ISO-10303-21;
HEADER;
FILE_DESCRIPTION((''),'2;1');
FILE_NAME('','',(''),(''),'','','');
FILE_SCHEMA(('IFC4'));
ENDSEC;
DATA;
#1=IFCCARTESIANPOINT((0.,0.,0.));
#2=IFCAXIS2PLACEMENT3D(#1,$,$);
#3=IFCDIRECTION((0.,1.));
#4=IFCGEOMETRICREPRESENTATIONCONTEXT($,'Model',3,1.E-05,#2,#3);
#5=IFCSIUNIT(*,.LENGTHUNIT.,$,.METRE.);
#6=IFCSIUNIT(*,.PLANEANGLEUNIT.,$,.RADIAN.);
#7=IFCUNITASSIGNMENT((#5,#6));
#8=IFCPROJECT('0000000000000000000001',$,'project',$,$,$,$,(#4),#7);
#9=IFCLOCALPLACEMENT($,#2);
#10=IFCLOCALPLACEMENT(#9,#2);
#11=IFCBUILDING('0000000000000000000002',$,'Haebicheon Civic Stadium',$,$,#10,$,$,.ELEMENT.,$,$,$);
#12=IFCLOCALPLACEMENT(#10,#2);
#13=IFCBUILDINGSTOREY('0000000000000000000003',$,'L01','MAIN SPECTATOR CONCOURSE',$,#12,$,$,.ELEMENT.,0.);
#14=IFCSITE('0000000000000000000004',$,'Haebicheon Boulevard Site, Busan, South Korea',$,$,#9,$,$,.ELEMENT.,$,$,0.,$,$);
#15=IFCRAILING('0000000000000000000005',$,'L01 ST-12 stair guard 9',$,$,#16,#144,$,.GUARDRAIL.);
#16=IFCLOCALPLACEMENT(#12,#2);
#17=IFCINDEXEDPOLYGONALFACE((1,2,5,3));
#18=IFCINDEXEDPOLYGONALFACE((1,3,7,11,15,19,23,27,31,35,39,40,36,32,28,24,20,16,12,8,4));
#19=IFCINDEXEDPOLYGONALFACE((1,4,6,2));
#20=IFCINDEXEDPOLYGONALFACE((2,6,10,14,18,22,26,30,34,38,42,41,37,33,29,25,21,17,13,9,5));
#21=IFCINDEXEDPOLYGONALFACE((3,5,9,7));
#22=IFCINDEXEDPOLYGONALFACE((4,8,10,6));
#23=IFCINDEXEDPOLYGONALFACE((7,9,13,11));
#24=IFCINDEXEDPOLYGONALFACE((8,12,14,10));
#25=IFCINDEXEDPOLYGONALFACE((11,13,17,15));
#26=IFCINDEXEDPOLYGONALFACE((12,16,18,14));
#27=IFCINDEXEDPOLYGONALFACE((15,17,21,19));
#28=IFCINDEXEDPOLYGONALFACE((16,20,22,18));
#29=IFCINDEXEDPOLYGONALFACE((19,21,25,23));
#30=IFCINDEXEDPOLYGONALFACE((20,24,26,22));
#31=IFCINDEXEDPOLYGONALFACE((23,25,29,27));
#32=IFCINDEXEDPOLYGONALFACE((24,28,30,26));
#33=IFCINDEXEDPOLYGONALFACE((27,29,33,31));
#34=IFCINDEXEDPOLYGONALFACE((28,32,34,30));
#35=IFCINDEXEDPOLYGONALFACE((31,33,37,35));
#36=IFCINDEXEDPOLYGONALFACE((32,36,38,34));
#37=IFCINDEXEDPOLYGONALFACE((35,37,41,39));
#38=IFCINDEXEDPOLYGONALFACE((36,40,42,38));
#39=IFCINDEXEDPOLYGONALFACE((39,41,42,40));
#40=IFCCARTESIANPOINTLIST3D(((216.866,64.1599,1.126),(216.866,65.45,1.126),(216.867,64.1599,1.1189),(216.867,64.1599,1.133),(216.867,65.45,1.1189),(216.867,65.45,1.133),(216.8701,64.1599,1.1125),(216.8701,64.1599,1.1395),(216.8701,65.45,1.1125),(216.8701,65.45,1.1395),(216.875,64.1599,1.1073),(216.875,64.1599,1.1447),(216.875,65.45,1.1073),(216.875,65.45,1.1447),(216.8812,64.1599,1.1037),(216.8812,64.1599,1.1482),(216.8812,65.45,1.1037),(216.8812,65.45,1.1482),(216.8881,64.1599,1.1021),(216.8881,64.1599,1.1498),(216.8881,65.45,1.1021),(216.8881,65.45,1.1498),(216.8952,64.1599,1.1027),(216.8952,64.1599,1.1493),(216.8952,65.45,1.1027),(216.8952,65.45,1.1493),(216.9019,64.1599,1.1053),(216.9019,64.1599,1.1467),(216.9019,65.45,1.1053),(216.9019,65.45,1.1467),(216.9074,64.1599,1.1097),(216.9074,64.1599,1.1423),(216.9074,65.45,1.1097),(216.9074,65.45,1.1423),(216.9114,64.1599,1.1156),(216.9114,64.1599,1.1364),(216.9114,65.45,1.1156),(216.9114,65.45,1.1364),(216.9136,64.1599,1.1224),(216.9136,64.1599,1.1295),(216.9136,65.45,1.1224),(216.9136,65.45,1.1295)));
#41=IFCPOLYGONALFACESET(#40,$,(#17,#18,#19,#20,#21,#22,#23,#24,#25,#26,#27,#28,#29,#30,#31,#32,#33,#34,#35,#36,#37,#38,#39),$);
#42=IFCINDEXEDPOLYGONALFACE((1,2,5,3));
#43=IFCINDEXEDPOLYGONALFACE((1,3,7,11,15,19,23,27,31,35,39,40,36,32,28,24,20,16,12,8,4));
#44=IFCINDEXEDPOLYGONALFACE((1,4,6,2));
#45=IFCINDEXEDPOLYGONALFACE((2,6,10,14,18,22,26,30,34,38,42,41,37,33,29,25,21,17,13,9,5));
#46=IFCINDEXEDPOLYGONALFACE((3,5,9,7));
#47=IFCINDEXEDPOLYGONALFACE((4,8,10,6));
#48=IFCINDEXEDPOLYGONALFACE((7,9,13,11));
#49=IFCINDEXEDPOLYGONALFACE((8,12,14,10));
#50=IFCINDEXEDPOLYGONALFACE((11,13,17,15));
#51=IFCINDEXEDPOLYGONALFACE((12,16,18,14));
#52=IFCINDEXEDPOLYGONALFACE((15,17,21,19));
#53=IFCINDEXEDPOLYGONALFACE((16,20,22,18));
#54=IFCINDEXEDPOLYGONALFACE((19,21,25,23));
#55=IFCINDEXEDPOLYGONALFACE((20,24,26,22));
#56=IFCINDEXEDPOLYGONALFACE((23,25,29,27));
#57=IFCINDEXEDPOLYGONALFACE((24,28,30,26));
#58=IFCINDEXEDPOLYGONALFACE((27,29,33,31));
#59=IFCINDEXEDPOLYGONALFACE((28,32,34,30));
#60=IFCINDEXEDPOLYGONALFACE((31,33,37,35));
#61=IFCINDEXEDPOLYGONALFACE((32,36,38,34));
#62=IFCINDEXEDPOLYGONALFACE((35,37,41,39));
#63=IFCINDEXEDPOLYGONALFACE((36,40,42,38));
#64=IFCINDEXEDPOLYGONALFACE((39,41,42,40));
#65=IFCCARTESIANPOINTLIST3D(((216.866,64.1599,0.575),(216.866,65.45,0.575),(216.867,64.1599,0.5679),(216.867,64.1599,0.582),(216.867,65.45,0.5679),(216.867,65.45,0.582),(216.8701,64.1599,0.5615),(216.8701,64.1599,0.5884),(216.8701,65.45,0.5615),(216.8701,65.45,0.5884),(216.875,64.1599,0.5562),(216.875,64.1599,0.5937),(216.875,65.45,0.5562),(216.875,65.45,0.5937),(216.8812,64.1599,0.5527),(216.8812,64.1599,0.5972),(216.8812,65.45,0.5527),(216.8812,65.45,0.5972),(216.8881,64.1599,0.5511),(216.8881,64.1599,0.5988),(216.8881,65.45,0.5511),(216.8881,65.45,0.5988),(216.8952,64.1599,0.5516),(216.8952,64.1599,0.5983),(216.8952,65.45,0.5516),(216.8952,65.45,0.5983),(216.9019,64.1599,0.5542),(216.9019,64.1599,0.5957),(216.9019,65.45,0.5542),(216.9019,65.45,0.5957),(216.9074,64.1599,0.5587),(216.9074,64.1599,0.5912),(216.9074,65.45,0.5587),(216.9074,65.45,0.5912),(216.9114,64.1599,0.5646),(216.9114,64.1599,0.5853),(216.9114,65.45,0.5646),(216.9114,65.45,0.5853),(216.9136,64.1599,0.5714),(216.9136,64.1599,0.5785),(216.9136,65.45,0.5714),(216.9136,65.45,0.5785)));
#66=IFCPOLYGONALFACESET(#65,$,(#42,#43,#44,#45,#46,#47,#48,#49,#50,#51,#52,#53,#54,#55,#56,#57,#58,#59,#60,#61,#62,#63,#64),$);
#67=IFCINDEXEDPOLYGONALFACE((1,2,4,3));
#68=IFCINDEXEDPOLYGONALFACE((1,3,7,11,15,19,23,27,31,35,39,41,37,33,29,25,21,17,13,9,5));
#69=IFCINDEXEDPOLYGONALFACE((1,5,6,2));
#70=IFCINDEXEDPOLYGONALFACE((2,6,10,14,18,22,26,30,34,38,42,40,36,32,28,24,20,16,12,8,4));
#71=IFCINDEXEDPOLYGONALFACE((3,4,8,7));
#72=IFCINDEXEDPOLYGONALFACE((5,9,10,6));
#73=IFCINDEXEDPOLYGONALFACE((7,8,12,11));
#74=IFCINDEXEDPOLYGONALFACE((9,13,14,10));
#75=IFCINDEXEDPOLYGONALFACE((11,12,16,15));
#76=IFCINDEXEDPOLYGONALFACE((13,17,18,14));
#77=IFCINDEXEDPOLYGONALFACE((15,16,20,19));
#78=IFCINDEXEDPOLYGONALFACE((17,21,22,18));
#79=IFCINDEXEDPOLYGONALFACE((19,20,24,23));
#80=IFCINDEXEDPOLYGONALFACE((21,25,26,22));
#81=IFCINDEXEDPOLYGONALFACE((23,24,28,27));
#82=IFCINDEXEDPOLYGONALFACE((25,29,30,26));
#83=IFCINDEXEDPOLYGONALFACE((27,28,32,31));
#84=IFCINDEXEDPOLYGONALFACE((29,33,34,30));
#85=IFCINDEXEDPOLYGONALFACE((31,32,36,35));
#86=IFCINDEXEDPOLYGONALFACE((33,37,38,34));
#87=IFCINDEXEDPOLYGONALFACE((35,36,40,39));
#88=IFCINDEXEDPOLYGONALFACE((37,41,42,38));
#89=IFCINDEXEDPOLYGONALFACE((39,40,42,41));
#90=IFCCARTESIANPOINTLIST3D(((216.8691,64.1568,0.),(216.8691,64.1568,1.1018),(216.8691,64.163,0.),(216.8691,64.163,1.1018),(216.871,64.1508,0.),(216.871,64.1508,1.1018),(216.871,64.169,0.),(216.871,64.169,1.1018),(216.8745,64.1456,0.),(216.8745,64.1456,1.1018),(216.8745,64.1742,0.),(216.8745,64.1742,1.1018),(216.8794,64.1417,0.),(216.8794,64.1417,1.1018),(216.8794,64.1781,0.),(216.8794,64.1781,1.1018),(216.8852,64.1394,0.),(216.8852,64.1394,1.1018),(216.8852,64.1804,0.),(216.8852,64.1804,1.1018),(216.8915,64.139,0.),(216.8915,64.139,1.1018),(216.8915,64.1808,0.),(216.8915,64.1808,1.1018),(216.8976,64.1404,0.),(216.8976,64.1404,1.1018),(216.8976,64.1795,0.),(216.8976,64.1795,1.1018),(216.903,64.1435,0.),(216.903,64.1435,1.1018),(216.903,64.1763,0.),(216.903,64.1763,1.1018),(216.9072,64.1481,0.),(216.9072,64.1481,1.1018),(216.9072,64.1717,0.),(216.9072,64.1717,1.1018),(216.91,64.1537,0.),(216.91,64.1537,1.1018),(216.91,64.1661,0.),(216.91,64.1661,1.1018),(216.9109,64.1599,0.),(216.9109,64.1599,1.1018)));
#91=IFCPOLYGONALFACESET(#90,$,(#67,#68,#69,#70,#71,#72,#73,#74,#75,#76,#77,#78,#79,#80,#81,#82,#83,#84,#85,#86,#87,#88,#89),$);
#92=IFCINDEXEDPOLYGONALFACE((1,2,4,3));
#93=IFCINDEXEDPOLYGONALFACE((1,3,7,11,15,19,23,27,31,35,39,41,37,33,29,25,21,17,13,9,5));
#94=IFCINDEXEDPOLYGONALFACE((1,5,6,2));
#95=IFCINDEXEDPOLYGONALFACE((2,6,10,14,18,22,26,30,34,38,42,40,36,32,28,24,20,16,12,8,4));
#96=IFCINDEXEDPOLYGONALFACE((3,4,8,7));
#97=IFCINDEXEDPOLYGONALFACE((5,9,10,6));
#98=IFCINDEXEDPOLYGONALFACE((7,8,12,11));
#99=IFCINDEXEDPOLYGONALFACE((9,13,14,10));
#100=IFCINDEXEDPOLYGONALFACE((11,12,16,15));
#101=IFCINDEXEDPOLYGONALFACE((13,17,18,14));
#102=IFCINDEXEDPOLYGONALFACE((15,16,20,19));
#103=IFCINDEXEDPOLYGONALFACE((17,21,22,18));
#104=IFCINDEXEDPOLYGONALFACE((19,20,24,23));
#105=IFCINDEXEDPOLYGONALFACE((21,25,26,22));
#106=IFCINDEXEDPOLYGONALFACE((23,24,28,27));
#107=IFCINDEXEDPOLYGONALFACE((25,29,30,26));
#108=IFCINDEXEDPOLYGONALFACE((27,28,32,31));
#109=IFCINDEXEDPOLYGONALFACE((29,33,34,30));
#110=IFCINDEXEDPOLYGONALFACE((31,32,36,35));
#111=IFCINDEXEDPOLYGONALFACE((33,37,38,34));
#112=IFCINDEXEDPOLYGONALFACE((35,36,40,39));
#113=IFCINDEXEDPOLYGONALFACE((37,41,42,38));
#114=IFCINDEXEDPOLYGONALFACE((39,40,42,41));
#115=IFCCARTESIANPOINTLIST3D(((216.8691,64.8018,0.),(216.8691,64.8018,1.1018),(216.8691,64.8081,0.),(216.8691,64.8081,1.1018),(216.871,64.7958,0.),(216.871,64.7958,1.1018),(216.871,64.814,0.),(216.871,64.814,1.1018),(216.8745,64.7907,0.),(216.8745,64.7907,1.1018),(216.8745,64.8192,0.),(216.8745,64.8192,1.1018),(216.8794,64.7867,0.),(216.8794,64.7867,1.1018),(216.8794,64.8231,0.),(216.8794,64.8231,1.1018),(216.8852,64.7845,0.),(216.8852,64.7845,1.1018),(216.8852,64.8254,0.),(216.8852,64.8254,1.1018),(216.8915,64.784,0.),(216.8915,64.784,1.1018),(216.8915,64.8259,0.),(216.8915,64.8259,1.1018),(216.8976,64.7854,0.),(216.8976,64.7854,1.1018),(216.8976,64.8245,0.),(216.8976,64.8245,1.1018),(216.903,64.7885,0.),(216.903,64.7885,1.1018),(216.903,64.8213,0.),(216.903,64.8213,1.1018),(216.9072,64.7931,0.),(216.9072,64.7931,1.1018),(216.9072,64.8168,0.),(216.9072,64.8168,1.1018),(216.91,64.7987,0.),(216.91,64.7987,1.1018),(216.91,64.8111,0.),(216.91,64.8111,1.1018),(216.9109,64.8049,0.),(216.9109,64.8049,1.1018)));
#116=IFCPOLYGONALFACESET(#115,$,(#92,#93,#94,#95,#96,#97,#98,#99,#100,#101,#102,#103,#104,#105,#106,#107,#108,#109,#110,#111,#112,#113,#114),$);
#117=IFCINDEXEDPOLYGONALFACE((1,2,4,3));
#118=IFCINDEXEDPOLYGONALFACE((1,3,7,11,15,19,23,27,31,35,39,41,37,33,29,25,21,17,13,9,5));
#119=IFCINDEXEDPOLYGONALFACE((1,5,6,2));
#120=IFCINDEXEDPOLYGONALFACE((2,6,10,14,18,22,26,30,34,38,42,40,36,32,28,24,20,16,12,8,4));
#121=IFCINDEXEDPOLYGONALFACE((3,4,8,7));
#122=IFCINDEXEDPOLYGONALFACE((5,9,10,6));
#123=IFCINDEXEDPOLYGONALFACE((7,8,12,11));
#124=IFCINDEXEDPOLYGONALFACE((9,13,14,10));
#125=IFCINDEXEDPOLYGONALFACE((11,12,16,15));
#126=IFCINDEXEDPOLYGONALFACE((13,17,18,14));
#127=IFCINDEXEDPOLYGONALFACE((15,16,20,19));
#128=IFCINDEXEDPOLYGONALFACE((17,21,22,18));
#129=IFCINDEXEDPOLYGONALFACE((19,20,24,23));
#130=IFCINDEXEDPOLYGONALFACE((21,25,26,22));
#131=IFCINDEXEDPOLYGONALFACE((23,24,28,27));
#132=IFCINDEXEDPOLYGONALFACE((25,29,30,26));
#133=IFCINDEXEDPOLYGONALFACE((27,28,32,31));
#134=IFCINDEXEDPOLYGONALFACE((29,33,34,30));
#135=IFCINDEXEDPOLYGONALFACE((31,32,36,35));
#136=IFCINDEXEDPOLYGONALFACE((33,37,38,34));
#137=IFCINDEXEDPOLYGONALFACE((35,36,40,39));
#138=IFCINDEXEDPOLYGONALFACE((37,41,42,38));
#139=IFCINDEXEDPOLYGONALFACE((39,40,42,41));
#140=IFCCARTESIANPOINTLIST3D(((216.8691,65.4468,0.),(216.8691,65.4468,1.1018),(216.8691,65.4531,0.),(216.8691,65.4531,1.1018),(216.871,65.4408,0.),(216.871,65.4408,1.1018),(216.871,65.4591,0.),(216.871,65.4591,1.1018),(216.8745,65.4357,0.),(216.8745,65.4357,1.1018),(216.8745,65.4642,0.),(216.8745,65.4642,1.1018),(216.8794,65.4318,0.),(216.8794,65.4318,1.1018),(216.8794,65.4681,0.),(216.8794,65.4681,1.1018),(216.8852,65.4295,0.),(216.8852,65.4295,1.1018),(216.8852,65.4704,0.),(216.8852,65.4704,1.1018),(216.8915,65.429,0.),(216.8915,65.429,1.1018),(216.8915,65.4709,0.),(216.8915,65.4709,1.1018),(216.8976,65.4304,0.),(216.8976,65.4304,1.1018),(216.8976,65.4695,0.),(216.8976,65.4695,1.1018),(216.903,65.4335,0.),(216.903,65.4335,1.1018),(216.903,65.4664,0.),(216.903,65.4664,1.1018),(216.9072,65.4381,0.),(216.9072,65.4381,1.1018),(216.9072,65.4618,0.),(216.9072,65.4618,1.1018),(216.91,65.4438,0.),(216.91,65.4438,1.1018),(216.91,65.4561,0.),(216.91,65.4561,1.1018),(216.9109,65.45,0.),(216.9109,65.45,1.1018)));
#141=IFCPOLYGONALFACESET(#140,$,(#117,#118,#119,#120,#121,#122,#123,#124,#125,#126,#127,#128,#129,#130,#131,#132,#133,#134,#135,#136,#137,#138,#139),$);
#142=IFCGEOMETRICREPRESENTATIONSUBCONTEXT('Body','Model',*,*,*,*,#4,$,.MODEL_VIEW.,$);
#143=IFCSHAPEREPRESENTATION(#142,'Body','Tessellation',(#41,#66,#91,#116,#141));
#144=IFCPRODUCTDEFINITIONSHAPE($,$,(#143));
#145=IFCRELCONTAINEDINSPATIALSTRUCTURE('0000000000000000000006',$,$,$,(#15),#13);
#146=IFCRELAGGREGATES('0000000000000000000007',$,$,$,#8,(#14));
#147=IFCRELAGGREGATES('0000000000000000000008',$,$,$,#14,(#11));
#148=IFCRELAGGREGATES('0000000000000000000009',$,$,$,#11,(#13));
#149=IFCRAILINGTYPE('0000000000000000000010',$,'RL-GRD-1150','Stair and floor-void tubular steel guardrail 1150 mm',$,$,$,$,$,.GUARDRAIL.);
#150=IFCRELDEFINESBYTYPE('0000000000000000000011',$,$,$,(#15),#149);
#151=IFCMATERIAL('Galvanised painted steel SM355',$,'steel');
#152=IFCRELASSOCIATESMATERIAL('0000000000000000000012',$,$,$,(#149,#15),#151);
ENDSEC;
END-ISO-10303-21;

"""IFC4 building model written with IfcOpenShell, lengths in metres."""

from ifc_helpers import new_model, si_unit, direction, frame, origin, origin_2d, place, context, subcontext, project, spatial, circle, extrude, material, type_object, element, save


model = new_model("IFC4")

# Units and contexts
model_context = context("Model", 3, precision=1e-05, world=origin(), true_north=direction((0.0, 1.0)))
body_context = subcontext(model_context, "Body", "Model", "MODEL_VIEW")
ifc_project = project(units=[si_unit("LENGTHUNIT", "METRE"), si_unit("PLANEANGLEUNIT", "RADIAN")], contexts=[model_context])

# Site, building, storey
site_placement = place(None, origin())
site = spatial("IfcSite", under=ifc_project, at=site_placement, Name="Haebicheon Boulevard Site, Busan, South Korea", CompositionType="ELEMENT", RefElevation=0.0)
building_placement = place(site_placement, origin())
building = spatial("IfcBuilding", under=site, at=building_placement, Name="Haebicheon Civic Stadium", CompositionType="ELEMENT")
storey_placement = place(building_placement, origin())
storey = spatial("IfcBuildingStorey", under=building, at=storey_placement, Name="L01", Description="MAIN SPECTATOR CONCOURSE", CompositionType="ELEMENT", Elevation=0.0)

# Railing
ifc_material_1 = material(Name="Galvanised painted steel SM355", Category="steel")
railing_type = type_object("IfcRailingType", Name="RL-GRD-1150", Description="Stair and floor-void tubular steel guardrail 1150 mm", PredefinedType="GUARDRAIL", material=ifc_material_1)
for number, where, name in (
    (1, (216.8899, 64.1599, 0.0), "L01 ST-12 stair guard 9"),
):
    element("IfcRailing", number, at=place(storey_placement, frame(where)), inside=storey, type_object=railing_type, material=ifc_material_1, Name=name, PredefinedType="GUARDRAIL", context=body_context, shape_type="SweptSolid", body=[
        extrude(circle(Radius=0.0239, at=origin_2d()), frame((0.0, 0.0, 1.126), z_axis=(0.0, 1.0, 0.0), x_axis=(-1.0, 0.0, 0.0)), (0.0, 0.0, 1.0), 1.29),
        extrude(circle(Radius=0.0239, at=origin_2d()), frame((0.0, 0.0, 0.575), z_axis=(0.0, 1.0, 0.0), x_axis=(-1.0, 0.0, 0.0)), (0.0, 0.0, 1.0), 1.29),
        extrude(circle(Radius=0.021, at=origin_2d()), origin(), (0.0, 0.0, 1.0), 1.1018),
        extrude(circle(Radius=0.021, at=origin_2d()), frame((0.0, 0.645, 0.0)), (0.0, 0.0, 1.0), 1.1018),
        extrude(circle(Radius=0.021, at=origin_2d()), frame((0.0, 1.29, 0.0)), (0.0, 0.0, 1.0), 1.1018),
    ])

save(model, "model.ifc")
